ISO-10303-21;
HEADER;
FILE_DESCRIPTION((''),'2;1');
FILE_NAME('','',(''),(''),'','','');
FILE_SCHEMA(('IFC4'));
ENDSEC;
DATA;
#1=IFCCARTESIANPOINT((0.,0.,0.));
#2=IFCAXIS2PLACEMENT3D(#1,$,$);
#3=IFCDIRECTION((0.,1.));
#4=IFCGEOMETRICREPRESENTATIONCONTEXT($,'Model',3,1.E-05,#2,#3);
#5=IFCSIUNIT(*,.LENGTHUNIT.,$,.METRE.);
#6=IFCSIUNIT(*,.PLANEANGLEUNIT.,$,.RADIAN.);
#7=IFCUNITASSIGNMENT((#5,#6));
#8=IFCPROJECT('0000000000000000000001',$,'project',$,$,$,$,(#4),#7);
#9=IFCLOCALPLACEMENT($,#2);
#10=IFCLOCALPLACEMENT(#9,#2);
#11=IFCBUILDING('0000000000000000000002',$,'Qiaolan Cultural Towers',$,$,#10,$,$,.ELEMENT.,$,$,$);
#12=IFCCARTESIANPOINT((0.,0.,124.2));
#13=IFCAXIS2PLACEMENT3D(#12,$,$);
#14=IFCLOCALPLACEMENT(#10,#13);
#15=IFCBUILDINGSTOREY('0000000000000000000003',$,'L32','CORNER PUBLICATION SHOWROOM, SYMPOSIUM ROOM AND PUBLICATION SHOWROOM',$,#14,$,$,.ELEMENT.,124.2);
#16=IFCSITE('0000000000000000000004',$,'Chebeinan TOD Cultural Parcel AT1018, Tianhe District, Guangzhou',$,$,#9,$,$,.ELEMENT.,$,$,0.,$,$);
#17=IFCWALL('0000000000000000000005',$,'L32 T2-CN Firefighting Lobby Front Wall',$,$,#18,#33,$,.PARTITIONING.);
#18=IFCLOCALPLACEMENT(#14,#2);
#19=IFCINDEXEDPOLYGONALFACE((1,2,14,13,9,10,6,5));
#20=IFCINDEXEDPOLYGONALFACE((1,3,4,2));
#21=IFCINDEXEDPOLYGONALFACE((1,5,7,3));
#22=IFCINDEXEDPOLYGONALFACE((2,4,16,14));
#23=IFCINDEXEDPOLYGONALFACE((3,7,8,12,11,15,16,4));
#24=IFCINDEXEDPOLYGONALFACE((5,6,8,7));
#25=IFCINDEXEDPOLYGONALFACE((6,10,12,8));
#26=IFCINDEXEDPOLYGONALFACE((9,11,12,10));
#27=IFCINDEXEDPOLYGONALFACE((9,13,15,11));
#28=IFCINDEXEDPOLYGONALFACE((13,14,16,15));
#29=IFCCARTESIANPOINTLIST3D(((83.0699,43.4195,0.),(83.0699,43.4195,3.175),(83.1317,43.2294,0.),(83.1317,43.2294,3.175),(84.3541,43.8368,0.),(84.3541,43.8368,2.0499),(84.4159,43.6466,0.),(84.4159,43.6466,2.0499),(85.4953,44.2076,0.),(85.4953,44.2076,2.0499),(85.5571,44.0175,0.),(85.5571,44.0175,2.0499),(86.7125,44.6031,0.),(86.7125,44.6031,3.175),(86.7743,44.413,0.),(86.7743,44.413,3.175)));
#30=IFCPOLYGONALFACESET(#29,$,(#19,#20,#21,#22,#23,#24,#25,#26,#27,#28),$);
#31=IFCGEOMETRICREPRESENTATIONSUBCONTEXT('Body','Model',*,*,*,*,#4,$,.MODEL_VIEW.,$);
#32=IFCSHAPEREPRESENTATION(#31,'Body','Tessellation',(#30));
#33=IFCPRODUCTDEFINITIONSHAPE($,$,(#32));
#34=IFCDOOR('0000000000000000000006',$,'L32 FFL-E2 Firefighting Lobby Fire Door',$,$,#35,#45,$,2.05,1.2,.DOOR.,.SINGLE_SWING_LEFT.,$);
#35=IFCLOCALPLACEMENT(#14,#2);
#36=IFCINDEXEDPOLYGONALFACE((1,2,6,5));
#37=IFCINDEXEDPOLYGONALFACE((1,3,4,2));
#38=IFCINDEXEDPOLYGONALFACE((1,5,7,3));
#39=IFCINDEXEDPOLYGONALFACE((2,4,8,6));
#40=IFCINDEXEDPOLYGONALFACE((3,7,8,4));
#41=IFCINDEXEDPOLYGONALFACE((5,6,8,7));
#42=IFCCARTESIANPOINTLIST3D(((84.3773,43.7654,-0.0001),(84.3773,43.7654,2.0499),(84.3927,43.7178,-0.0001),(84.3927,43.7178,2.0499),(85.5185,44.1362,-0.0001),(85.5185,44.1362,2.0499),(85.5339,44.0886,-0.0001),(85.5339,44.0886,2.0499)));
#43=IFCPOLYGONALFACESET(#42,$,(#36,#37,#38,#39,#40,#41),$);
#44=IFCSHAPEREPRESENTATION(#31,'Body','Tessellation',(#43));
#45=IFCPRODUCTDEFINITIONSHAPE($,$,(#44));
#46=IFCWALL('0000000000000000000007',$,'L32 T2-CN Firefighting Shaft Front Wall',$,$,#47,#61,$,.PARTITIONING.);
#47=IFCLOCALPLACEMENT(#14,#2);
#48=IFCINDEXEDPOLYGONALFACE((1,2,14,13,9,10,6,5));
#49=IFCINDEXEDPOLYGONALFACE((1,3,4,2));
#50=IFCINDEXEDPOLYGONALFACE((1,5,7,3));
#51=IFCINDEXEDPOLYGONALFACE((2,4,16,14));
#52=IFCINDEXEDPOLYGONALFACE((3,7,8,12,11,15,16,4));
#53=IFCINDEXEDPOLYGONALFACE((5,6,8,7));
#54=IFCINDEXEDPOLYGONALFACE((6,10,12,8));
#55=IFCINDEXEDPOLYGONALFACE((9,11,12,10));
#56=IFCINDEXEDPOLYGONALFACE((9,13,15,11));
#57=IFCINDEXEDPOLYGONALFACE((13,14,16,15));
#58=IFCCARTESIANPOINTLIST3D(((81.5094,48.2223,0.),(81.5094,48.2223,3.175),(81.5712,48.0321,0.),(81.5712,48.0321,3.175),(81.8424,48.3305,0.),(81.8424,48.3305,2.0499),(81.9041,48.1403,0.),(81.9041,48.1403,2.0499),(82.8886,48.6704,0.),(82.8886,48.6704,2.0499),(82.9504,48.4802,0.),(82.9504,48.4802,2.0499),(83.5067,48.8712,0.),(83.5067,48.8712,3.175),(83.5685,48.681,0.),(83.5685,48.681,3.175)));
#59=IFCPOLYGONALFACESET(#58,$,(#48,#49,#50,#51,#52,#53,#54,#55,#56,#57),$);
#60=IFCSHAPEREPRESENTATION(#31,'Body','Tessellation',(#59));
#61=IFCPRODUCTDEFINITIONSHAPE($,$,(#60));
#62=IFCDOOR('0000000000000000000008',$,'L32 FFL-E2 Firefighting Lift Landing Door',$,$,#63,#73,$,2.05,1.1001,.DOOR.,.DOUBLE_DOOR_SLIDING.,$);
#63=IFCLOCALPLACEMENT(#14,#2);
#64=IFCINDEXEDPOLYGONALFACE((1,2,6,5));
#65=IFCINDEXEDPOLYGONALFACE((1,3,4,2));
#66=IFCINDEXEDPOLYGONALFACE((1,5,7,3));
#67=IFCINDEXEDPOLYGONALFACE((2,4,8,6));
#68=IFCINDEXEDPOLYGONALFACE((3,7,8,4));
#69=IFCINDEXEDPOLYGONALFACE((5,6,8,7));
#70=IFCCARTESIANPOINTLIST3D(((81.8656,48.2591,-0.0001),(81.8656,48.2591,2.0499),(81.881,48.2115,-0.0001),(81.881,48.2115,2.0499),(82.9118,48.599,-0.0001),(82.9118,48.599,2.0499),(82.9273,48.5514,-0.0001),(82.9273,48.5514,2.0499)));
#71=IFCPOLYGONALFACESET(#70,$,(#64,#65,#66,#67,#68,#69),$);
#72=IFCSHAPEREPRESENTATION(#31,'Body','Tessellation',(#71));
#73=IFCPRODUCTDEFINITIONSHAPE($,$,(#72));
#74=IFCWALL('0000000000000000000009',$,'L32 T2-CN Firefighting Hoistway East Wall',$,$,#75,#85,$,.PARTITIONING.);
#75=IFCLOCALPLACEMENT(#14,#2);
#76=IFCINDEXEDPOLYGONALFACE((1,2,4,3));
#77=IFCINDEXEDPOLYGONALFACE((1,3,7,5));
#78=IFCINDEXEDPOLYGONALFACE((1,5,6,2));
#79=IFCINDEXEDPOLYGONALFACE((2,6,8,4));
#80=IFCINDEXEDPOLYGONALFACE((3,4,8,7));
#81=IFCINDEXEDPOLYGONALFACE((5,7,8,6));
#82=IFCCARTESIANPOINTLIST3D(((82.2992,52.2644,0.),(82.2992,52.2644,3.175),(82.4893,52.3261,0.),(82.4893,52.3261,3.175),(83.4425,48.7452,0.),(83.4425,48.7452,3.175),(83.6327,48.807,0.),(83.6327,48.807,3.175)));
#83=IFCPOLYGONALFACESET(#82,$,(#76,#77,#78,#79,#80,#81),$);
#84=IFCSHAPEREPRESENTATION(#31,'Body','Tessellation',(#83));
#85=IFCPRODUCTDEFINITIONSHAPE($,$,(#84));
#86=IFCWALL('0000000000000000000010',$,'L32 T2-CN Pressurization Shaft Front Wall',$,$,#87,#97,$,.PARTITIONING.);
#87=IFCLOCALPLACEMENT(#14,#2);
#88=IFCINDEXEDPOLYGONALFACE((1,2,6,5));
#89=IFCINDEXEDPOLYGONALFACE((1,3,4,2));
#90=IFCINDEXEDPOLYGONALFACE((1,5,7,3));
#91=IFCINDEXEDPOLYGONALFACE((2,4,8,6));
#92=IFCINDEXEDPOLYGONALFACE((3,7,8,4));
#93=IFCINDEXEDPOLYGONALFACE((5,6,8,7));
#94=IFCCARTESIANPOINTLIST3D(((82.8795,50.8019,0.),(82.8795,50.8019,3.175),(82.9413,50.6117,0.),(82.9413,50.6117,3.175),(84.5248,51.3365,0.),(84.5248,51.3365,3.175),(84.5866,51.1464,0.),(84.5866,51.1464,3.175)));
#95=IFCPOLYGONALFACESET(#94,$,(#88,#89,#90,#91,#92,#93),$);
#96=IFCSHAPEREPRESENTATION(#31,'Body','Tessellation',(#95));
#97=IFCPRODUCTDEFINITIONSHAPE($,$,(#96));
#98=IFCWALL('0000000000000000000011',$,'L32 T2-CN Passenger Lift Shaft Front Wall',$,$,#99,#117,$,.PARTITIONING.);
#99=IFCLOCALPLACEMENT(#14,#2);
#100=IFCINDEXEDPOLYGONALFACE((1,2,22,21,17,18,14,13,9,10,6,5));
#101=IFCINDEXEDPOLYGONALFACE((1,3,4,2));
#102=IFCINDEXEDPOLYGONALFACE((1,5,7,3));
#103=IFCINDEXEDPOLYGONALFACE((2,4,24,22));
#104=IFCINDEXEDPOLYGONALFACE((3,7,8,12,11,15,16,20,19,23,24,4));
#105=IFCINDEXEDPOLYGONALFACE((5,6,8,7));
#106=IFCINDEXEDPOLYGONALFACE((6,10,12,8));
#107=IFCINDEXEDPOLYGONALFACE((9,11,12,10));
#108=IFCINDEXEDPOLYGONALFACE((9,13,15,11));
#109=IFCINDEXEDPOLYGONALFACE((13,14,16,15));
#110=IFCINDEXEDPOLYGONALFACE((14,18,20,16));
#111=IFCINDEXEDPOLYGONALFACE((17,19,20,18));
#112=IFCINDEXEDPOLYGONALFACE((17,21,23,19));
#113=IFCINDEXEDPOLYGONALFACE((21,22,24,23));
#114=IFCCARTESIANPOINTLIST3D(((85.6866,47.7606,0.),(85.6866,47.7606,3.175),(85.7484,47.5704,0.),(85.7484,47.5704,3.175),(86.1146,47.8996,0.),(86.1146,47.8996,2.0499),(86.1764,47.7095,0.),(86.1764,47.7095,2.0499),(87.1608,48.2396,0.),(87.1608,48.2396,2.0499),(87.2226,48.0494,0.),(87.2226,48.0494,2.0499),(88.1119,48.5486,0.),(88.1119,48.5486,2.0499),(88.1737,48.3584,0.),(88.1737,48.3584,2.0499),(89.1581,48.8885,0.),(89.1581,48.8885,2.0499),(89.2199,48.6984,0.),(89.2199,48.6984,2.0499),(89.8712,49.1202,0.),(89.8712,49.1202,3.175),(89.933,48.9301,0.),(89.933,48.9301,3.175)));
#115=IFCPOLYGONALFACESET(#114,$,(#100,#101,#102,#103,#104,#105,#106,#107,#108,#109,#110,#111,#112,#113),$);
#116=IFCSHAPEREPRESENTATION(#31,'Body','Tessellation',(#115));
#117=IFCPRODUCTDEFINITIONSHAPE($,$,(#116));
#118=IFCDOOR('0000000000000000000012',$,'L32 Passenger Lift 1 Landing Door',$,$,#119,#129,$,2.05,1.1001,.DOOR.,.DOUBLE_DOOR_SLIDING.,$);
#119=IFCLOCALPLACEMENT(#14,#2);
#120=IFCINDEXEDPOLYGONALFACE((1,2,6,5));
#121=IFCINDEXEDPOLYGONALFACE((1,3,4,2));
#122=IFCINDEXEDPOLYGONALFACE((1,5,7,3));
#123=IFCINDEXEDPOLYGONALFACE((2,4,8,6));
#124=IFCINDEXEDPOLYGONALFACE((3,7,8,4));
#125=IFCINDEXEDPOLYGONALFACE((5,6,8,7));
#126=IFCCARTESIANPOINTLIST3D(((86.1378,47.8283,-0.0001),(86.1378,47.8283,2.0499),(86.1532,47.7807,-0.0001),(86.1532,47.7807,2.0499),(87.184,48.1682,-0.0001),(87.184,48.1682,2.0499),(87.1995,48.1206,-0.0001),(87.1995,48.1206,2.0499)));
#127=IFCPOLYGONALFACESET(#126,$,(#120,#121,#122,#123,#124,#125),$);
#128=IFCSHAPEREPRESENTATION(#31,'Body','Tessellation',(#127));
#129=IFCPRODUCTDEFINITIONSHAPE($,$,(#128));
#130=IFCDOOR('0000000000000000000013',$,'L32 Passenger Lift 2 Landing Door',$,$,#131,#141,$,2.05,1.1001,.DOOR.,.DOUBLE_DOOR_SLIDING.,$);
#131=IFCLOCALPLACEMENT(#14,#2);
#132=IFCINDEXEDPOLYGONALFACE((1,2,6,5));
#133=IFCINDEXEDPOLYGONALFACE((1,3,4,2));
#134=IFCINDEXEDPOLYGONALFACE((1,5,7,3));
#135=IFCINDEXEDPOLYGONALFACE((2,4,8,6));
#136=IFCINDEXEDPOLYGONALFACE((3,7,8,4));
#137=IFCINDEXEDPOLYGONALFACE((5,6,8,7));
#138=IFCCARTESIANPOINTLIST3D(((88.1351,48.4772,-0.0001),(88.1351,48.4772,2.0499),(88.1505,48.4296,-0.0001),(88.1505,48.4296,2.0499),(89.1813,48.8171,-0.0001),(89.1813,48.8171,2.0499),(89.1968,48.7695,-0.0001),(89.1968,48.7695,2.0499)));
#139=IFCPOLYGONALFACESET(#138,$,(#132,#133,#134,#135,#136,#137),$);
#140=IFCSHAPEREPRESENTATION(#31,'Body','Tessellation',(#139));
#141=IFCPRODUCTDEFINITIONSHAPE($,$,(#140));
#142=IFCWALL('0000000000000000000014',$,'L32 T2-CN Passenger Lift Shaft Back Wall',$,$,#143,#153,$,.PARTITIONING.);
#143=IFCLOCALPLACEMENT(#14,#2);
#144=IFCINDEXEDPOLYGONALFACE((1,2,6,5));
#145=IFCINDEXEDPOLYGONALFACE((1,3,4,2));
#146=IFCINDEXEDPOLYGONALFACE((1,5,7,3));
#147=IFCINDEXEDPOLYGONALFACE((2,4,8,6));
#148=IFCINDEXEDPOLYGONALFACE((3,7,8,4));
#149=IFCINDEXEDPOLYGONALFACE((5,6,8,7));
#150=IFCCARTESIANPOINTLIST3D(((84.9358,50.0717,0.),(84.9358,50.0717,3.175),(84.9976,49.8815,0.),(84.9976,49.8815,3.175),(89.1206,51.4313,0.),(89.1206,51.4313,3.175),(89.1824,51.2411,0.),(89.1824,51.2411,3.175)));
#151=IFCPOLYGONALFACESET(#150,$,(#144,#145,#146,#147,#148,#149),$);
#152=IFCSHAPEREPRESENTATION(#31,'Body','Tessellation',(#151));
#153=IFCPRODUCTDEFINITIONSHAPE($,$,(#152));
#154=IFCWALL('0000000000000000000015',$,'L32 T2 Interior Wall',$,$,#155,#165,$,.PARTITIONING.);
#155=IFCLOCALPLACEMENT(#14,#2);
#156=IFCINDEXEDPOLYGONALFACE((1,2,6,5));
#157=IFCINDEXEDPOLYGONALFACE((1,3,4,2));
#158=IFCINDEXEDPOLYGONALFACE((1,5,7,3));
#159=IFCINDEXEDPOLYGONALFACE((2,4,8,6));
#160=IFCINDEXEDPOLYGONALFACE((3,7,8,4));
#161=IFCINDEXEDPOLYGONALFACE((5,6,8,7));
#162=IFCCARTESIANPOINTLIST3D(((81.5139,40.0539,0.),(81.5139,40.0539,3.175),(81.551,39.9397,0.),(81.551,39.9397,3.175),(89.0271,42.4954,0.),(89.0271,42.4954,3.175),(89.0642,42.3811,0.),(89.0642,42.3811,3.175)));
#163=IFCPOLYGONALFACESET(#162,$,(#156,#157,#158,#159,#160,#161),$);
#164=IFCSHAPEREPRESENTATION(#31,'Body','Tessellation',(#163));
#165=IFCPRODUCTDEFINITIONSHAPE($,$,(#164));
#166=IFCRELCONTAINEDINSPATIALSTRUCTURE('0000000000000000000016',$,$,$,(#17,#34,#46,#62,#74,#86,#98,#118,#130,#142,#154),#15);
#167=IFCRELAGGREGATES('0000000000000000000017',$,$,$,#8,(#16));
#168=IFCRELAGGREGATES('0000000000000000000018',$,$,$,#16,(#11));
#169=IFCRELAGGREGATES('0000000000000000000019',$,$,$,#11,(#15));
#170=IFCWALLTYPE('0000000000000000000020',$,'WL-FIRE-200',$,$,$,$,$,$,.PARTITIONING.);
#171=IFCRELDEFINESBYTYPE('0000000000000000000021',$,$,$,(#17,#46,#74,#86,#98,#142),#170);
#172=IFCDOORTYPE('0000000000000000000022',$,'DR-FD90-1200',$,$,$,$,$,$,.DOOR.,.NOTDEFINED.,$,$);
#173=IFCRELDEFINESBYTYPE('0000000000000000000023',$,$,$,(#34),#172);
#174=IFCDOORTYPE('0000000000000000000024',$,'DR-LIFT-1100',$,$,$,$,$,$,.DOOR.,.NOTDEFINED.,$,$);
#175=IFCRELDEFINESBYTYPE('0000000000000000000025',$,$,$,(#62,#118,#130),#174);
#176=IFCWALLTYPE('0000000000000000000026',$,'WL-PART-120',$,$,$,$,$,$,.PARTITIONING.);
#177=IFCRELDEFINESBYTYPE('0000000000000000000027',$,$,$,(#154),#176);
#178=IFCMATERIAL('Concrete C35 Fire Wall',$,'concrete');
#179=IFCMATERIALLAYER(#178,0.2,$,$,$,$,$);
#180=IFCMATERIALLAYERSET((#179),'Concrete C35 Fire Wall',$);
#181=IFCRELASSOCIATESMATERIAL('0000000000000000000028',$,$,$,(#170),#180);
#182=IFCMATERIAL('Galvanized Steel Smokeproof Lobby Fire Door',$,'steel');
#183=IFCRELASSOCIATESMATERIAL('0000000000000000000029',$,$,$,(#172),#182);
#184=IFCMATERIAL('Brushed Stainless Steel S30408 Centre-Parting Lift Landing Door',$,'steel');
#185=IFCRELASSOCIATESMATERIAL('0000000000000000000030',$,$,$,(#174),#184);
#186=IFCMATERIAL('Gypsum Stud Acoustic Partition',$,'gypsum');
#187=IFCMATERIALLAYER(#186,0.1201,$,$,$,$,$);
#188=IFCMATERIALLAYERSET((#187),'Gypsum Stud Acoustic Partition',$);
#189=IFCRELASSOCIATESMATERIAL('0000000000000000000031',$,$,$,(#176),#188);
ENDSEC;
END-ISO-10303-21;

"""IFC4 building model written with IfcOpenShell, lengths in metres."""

from ifc_helpers import new_model, si_unit, direction, frame, frame_2d, origin, place, context, subcontext, project, spatial, rectangle, extrude, material, layer, layer_set, type_object, element, fill, save


model = new_model("IFC4")

# Units and contexts
model_context = context("Model", 3, precision=1e-05, world=origin(), true_north=direction((0.0, 1.0)))
body_context = subcontext(model_context, "Body", "Model", "MODEL_VIEW")
ifc_project = project(units=[si_unit("LENGTHUNIT", "METRE"), si_unit("PLANEANGLEUNIT", "RADIAN")], contexts=[model_context])

# Site, building, storey
site_placement = place(None, origin())
site = spatial("IfcSite", under=ifc_project, at=site_placement, Name="Chebeinan TOD Cultural Parcel AT1018, Tianhe District, Guangzhou", CompositionType="ELEMENT", RefElevation=0.0)
building_placement = place(site_placement, origin())
building = spatial("IfcBuilding", under=site, at=building_placement, Name="Qiaolan Cultural Towers", CompositionType="ELEMENT")
storey_placement = place(building_placement, frame((0.0, 0.0, 124.2)))
storey = spatial("IfcBuildingStorey", under=building, at=storey_placement, Name="L32", Description="CORNER PUBLICATION SHOWROOM, SYMPOSIUM ROOM AND PUBLICATION SHOWROOM", CompositionType="ELEMENT", Elevation=124.2)

# Shared definitions
ifc_material_1 = material(Name="Concrete C35 Fire Wall", Category="concrete")
ifc_layer_1 = layer(ifc_material_1, 0.2)
ifc_layer_set_1 = layer_set([ifc_layer_1], Name="Concrete C35 Fire Wall")
wall_type_1 = type_object("IfcWallType", Name="WL-FIRE-200", PredefinedType="PARTITIONING", material=ifc_layer_set_1)

# Walls, openings, doors
wall_1_placement = place(storey_placement, frame((83.1008, 43.3245, 0.0), z_axis=(0.0, 0.0, 1.0), x_axis=(0.951053, 0.309028, 0.0)))
wall_1 = element("IfcWall", 1, at=wall_1_placement, inside=storey, type_object=wall_type_1, Name="L32 T2-CN Firefighting Lobby Front Wall", PredefinedType="PARTITIONING", context=body_context, shape_type="SweptSolid", body=[
    extrude(rectangle(XDim=3.8301, YDim=0.2, at=frame_2d((1.915, 0.0))), origin(), (0.0, 0.0, 1.0), 3.175),
])
opening_1_placement = place(wall_1_placement, frame((1.3501, 0.0, 0.0)))
opening_1 = element("IfcOpeningElement", 2, at=opening_1_placement, cuts=wall_1, PredefinedType="OPENING", context=body_context, shape_type="SweptSolid", body=[
    extrude(rectangle(XDim=1.2, YDim=2.05, at=frame_2d((0.6001, 1.0249))), frame((0.0, 0.1099, 0.0), z_axis=(0.0, -1.0, 0.0), x_axis=(1.0, 0.0, 0.0)), (0.0, 0.0, 1.0), 0.22),
])
ifc_material_2 = material(Name="Galvanized Steel Smokeproof Lobby Fire Door", Category="steel")
door_type_1 = type_object("IfcDoorType", Name="DR-FD90-1200", OperationType="NOTDEFINED", PredefinedType="DOOR", material=ifc_material_2)
door_1_placement = place(opening_1_placement, origin())
door_1 = element("IfcDoor", 3, at=door_1_placement, inside=storey, type_object=door_type_1, Name="L32 FFL-E2 Firefighting Lobby Fire Door", OperationType="SINGLE_SWING_LEFT", OverallHeight=2.05, OverallWidth=1.2, PredefinedType="DOOR", context=body_context, shape_type="SweptSolid", body=[
    extrude(rectangle(XDim=1.2, YDim=2.05, at=frame_2d((0.6001, 1.0249))), frame((0.0, 0.0249, 0.0), z_axis=(0.0, -1.0, 0.0), x_axis=(1.0, 0.0, 0.0)), (0.0, 0.0, 1.0), 0.05),
])
fill(opening_1, door_1)
wall_2_placement = place(storey_placement, frame((81.5403, 48.1272, 0.0), z_axis=(0.0, 0.0, 1.0), x_axis=(0.951062, 0.308999, 0.0)))
wall_2 = element("IfcWall", 4, at=wall_2_placement, inside=storey, type_object=wall_type_1, Name="L32 T2-CN Firefighting Shaft Front Wall", PredefinedType="PARTITIONING", context=body_context, shape_type="SweptSolid", body=[
    extrude(rectangle(XDim=2.1001, YDim=0.2, at=frame_2d((1.05, 0.0))), origin(), (0.0, 0.0, 1.0), 3.175),
])
opening_2_placement = place(wall_2_placement, frame((0.3501, 0.0, 0.0)))
opening_2 = element("IfcOpeningElement", 5, at=opening_2_placement, cuts=wall_2, PredefinedType="OPENING", context=body_context, shape_type="SweptSolid", body=[
    extrude(rectangle(XDim=1.1001, YDim=2.05, at=frame_2d((0.55, 1.0249))), frame((0.0, 0.1099, 0.0), z_axis=(0.0, -1.0, 0.0), x_axis=(1.0, 0.0, 0.0)), (0.0, 0.0, 1.0), 0.22),
])
ifc_material_3 = material(Name="Brushed Stainless Steel S30408 Centre-Parting Lift Landing Door", Category="steel")
door_type_2 = type_object("IfcDoorType", Name="DR-LIFT-1100", OperationType="NOTDEFINED", PredefinedType="DOOR", material=ifc_material_3)
door_2_placement = place(opening_2_placement, origin())
door_2 = element("IfcDoor", 6, at=door_2_placement, inside=storey, type_object=door_type_2, Name="L32 FFL-E2 Firefighting Lift Landing Door", OperationType="DOUBLE_DOOR_SLIDING", OverallHeight=2.05, OverallWidth=1.1001, PredefinedType="DOOR", context=body_context, shape_type="SweptSolid", body=[
    extrude(rectangle(XDim=1.1001, YDim=2.05, at=frame_2d((0.55, 1.0249))), frame((0.0, 0.0249, 0.0), z_axis=(0.0, -1.0, 0.0), x_axis=(1.0, 0.0, 0.0)), (0.0, 0.0, 1.0), 0.05),
])
fill(opening_2, door_2)

# Walls
wall_3_placement = place(storey_placement, frame((83.5376, 48.7761, 0.0), z_axis=(0.0, 0.0, 1.0), x_axis=(-0.308994, 0.951064, 0.0)))
element("IfcWall", 7, at=wall_3_placement, inside=storey, type_object=wall_type_1, Name="L32 T2-CN Firefighting Hoistway East Wall", PredefinedType="PARTITIONING", context=body_context, shape_type="SweptSolid", body=[
    extrude(rectangle(XDim=3.7002, YDim=0.2, at=frame_2d((1.8501, 0.0))), origin(), (0.0, 0.0, 1.0), 3.175),
])
wall_4_placement = place(storey_placement, frame((82.9104, 50.7068, 0.0), z_axis=(0.0, 0.0, 1.0), x_axis=(0.951041, 0.309064, 0.0)))
element("IfcWall", 8, at=wall_4_placement, inside=storey, type_object=wall_type_1, Name="L32 T2-CN Pressurization Shaft Front Wall", PredefinedType="PARTITIONING", context=body_context, shape_type="SweptSolid", body=[
    extrude(rectangle(XDim=1.73, YDim=0.2, at=frame_2d((0.865, 0.0))), origin(), (0.0, 0.0, 1.0), 3.175),
])

# Wall, openings, doors
wall_5_placement = place(storey_placement, frame((85.7175, 47.6655, 0.0), z_axis=(0.0, 0.0, 1.0), x_axis=(0.951059, 0.309011, 0.0)))
wall_5 = element("IfcWall", 9, at=wall_5_placement, inside=storey, type_object=wall_type_1, Name="L32 T2-CN Passenger Lift Shaft Front Wall", PredefinedType="PARTITIONING", context=body_context, shape_type="SweptSolid", body=[
    extrude(rectangle(XDim=4.3999, YDim=0.2, at=frame_2d((2.2, 0.0))), origin(), (0.0, 0.0, 1.0), 3.175),
])
opening_3_placement = place(wall_5_placement, frame((0.45, 0.0, 0.0)))
opening_3 = element("IfcOpeningElement", 10, at=opening_3_placement, cuts=wall_5, PredefinedType="OPENING", context=body_context, shape_type="SweptSolid", body=[
    extrude(rectangle(XDim=1.1001, YDim=2.05, at=frame_2d((0.55, 1.0249))), frame((0.0, 0.1099, 0.0), z_axis=(0.0, -1.0, 0.0), x_axis=(1.0, 0.0, 0.0)), (0.0, 0.0, 1.0), 0.22),
])
opening_4_placement = place(wall_5_placement, frame((2.55, 0.0, 0.0)))
opening_4 = element("IfcOpeningElement", 11, at=opening_4_placement, cuts=wall_5, PredefinedType="OPENING", context=body_context, shape_type="SweptSolid", body=[
    extrude(rectangle(XDim=1.1001, YDim=2.05, at=frame_2d((0.55, 1.0249))), frame((0.0, 0.1099, 0.0), z_axis=(0.0, -1.0, 0.0), x_axis=(1.0, 0.0, 0.0)), (0.0, 0.0, 1.0), 0.22),
])
door_3_placement = place(opening_3_placement, origin())
door_3 = element("IfcDoor", 12, at=door_3_placement, inside=storey, type_object=door_type_2, Name="L32 Passenger Lift 1 Landing Door", OperationType="DOUBLE_DOOR_SLIDING", OverallHeight=2.05, OverallWidth=1.1001, PredefinedType="DOOR", context=body_context, shape_type="SweptSolid", body=[
    extrude(rectangle(XDim=1.1001, YDim=2.05, at=frame_2d((0.55, 1.0249))), frame((0.0, 0.0249, 0.0), z_axis=(0.0, -1.0, 0.0), x_axis=(1.0, 0.0, 0.0)), (0.0, 0.0, 1.0), 0.05),
])
fill(opening_3, door_3)
door_4_placement = place(opening_4_placement, origin())
door_4 = element("IfcDoor", 13, at=door_4_placement, inside=storey, type_object=door_type_2, Name="L32 Passenger Lift 2 Landing Door", OperationType="DOUBLE_DOOR_SLIDING", OverallHeight=2.05, OverallWidth=1.1001, PredefinedType="DOOR", context=body_context, shape_type="SweptSolid", body=[
    extrude(rectangle(XDim=1.1001, YDim=2.05, at=frame_2d((0.55, 1.0249))), frame((0.0, 0.0249, 0.0), z_axis=(0.0, -1.0, 0.0), x_axis=(1.0, 0.0, 0.0)), (0.0, 0.0, 1.0), 0.05),
])
fill(opening_4, door_4)

# Walls
wall_6_placement = place(storey_placement, frame((84.9666, 49.9766, 0.0), z_axis=(0.0, 0.0, 1.0), x_axis=(0.951064, 0.308994, 0.0)))
element("IfcWall", 14, at=wall_6_placement, inside=storey, type_object=wall_type_1, Name="L32 T2-CN Passenger Lift Shaft Back Wall", PredefinedType="PARTITIONING", context=body_context, shape_type="SweptSolid", body=[
    extrude(rectangle(XDim=4.4001, YDim=0.2, at=frame_2d((2.2002, 0.0))), origin(), (0.0, 0.0, 1.0), 3.175),
])
ifc_material_4 = material(Name="Gypsum Stud Acoustic Partition", Category="gypsum")
ifc_layer_2 = layer(ifc_material_4, 0.1201)
ifc_layer_set_2 = layer_set([ifc_layer_2], Name="Gypsum Stud Acoustic Partition")
wall_type_2 = type_object("IfcWallType", Name="WL-PART-120", PredefinedType="PARTITIONING", material=ifc_layer_set_2)
wall_7_placement = place(storey_placement, frame((81.5325, 39.9968, 0.0), z_axis=(0.0, 0.0, 1.0), x_axis=(0.951048, 0.309043, 0.0)))
element("IfcWall", 15, at=wall_7_placement, inside=storey, type_object=wall_type_2, Name="L32 T2 Interior Wall", PredefinedType="PARTITIONING", context=body_context, shape_type="SweptSolid", body=[
    extrude(rectangle(XDim=7.8999, YDim=0.1201, at=frame_2d((3.95, 0.0))), origin(), (0.0, 0.0, 1.0), 3.175),
])

save(model, "model.ifc")
